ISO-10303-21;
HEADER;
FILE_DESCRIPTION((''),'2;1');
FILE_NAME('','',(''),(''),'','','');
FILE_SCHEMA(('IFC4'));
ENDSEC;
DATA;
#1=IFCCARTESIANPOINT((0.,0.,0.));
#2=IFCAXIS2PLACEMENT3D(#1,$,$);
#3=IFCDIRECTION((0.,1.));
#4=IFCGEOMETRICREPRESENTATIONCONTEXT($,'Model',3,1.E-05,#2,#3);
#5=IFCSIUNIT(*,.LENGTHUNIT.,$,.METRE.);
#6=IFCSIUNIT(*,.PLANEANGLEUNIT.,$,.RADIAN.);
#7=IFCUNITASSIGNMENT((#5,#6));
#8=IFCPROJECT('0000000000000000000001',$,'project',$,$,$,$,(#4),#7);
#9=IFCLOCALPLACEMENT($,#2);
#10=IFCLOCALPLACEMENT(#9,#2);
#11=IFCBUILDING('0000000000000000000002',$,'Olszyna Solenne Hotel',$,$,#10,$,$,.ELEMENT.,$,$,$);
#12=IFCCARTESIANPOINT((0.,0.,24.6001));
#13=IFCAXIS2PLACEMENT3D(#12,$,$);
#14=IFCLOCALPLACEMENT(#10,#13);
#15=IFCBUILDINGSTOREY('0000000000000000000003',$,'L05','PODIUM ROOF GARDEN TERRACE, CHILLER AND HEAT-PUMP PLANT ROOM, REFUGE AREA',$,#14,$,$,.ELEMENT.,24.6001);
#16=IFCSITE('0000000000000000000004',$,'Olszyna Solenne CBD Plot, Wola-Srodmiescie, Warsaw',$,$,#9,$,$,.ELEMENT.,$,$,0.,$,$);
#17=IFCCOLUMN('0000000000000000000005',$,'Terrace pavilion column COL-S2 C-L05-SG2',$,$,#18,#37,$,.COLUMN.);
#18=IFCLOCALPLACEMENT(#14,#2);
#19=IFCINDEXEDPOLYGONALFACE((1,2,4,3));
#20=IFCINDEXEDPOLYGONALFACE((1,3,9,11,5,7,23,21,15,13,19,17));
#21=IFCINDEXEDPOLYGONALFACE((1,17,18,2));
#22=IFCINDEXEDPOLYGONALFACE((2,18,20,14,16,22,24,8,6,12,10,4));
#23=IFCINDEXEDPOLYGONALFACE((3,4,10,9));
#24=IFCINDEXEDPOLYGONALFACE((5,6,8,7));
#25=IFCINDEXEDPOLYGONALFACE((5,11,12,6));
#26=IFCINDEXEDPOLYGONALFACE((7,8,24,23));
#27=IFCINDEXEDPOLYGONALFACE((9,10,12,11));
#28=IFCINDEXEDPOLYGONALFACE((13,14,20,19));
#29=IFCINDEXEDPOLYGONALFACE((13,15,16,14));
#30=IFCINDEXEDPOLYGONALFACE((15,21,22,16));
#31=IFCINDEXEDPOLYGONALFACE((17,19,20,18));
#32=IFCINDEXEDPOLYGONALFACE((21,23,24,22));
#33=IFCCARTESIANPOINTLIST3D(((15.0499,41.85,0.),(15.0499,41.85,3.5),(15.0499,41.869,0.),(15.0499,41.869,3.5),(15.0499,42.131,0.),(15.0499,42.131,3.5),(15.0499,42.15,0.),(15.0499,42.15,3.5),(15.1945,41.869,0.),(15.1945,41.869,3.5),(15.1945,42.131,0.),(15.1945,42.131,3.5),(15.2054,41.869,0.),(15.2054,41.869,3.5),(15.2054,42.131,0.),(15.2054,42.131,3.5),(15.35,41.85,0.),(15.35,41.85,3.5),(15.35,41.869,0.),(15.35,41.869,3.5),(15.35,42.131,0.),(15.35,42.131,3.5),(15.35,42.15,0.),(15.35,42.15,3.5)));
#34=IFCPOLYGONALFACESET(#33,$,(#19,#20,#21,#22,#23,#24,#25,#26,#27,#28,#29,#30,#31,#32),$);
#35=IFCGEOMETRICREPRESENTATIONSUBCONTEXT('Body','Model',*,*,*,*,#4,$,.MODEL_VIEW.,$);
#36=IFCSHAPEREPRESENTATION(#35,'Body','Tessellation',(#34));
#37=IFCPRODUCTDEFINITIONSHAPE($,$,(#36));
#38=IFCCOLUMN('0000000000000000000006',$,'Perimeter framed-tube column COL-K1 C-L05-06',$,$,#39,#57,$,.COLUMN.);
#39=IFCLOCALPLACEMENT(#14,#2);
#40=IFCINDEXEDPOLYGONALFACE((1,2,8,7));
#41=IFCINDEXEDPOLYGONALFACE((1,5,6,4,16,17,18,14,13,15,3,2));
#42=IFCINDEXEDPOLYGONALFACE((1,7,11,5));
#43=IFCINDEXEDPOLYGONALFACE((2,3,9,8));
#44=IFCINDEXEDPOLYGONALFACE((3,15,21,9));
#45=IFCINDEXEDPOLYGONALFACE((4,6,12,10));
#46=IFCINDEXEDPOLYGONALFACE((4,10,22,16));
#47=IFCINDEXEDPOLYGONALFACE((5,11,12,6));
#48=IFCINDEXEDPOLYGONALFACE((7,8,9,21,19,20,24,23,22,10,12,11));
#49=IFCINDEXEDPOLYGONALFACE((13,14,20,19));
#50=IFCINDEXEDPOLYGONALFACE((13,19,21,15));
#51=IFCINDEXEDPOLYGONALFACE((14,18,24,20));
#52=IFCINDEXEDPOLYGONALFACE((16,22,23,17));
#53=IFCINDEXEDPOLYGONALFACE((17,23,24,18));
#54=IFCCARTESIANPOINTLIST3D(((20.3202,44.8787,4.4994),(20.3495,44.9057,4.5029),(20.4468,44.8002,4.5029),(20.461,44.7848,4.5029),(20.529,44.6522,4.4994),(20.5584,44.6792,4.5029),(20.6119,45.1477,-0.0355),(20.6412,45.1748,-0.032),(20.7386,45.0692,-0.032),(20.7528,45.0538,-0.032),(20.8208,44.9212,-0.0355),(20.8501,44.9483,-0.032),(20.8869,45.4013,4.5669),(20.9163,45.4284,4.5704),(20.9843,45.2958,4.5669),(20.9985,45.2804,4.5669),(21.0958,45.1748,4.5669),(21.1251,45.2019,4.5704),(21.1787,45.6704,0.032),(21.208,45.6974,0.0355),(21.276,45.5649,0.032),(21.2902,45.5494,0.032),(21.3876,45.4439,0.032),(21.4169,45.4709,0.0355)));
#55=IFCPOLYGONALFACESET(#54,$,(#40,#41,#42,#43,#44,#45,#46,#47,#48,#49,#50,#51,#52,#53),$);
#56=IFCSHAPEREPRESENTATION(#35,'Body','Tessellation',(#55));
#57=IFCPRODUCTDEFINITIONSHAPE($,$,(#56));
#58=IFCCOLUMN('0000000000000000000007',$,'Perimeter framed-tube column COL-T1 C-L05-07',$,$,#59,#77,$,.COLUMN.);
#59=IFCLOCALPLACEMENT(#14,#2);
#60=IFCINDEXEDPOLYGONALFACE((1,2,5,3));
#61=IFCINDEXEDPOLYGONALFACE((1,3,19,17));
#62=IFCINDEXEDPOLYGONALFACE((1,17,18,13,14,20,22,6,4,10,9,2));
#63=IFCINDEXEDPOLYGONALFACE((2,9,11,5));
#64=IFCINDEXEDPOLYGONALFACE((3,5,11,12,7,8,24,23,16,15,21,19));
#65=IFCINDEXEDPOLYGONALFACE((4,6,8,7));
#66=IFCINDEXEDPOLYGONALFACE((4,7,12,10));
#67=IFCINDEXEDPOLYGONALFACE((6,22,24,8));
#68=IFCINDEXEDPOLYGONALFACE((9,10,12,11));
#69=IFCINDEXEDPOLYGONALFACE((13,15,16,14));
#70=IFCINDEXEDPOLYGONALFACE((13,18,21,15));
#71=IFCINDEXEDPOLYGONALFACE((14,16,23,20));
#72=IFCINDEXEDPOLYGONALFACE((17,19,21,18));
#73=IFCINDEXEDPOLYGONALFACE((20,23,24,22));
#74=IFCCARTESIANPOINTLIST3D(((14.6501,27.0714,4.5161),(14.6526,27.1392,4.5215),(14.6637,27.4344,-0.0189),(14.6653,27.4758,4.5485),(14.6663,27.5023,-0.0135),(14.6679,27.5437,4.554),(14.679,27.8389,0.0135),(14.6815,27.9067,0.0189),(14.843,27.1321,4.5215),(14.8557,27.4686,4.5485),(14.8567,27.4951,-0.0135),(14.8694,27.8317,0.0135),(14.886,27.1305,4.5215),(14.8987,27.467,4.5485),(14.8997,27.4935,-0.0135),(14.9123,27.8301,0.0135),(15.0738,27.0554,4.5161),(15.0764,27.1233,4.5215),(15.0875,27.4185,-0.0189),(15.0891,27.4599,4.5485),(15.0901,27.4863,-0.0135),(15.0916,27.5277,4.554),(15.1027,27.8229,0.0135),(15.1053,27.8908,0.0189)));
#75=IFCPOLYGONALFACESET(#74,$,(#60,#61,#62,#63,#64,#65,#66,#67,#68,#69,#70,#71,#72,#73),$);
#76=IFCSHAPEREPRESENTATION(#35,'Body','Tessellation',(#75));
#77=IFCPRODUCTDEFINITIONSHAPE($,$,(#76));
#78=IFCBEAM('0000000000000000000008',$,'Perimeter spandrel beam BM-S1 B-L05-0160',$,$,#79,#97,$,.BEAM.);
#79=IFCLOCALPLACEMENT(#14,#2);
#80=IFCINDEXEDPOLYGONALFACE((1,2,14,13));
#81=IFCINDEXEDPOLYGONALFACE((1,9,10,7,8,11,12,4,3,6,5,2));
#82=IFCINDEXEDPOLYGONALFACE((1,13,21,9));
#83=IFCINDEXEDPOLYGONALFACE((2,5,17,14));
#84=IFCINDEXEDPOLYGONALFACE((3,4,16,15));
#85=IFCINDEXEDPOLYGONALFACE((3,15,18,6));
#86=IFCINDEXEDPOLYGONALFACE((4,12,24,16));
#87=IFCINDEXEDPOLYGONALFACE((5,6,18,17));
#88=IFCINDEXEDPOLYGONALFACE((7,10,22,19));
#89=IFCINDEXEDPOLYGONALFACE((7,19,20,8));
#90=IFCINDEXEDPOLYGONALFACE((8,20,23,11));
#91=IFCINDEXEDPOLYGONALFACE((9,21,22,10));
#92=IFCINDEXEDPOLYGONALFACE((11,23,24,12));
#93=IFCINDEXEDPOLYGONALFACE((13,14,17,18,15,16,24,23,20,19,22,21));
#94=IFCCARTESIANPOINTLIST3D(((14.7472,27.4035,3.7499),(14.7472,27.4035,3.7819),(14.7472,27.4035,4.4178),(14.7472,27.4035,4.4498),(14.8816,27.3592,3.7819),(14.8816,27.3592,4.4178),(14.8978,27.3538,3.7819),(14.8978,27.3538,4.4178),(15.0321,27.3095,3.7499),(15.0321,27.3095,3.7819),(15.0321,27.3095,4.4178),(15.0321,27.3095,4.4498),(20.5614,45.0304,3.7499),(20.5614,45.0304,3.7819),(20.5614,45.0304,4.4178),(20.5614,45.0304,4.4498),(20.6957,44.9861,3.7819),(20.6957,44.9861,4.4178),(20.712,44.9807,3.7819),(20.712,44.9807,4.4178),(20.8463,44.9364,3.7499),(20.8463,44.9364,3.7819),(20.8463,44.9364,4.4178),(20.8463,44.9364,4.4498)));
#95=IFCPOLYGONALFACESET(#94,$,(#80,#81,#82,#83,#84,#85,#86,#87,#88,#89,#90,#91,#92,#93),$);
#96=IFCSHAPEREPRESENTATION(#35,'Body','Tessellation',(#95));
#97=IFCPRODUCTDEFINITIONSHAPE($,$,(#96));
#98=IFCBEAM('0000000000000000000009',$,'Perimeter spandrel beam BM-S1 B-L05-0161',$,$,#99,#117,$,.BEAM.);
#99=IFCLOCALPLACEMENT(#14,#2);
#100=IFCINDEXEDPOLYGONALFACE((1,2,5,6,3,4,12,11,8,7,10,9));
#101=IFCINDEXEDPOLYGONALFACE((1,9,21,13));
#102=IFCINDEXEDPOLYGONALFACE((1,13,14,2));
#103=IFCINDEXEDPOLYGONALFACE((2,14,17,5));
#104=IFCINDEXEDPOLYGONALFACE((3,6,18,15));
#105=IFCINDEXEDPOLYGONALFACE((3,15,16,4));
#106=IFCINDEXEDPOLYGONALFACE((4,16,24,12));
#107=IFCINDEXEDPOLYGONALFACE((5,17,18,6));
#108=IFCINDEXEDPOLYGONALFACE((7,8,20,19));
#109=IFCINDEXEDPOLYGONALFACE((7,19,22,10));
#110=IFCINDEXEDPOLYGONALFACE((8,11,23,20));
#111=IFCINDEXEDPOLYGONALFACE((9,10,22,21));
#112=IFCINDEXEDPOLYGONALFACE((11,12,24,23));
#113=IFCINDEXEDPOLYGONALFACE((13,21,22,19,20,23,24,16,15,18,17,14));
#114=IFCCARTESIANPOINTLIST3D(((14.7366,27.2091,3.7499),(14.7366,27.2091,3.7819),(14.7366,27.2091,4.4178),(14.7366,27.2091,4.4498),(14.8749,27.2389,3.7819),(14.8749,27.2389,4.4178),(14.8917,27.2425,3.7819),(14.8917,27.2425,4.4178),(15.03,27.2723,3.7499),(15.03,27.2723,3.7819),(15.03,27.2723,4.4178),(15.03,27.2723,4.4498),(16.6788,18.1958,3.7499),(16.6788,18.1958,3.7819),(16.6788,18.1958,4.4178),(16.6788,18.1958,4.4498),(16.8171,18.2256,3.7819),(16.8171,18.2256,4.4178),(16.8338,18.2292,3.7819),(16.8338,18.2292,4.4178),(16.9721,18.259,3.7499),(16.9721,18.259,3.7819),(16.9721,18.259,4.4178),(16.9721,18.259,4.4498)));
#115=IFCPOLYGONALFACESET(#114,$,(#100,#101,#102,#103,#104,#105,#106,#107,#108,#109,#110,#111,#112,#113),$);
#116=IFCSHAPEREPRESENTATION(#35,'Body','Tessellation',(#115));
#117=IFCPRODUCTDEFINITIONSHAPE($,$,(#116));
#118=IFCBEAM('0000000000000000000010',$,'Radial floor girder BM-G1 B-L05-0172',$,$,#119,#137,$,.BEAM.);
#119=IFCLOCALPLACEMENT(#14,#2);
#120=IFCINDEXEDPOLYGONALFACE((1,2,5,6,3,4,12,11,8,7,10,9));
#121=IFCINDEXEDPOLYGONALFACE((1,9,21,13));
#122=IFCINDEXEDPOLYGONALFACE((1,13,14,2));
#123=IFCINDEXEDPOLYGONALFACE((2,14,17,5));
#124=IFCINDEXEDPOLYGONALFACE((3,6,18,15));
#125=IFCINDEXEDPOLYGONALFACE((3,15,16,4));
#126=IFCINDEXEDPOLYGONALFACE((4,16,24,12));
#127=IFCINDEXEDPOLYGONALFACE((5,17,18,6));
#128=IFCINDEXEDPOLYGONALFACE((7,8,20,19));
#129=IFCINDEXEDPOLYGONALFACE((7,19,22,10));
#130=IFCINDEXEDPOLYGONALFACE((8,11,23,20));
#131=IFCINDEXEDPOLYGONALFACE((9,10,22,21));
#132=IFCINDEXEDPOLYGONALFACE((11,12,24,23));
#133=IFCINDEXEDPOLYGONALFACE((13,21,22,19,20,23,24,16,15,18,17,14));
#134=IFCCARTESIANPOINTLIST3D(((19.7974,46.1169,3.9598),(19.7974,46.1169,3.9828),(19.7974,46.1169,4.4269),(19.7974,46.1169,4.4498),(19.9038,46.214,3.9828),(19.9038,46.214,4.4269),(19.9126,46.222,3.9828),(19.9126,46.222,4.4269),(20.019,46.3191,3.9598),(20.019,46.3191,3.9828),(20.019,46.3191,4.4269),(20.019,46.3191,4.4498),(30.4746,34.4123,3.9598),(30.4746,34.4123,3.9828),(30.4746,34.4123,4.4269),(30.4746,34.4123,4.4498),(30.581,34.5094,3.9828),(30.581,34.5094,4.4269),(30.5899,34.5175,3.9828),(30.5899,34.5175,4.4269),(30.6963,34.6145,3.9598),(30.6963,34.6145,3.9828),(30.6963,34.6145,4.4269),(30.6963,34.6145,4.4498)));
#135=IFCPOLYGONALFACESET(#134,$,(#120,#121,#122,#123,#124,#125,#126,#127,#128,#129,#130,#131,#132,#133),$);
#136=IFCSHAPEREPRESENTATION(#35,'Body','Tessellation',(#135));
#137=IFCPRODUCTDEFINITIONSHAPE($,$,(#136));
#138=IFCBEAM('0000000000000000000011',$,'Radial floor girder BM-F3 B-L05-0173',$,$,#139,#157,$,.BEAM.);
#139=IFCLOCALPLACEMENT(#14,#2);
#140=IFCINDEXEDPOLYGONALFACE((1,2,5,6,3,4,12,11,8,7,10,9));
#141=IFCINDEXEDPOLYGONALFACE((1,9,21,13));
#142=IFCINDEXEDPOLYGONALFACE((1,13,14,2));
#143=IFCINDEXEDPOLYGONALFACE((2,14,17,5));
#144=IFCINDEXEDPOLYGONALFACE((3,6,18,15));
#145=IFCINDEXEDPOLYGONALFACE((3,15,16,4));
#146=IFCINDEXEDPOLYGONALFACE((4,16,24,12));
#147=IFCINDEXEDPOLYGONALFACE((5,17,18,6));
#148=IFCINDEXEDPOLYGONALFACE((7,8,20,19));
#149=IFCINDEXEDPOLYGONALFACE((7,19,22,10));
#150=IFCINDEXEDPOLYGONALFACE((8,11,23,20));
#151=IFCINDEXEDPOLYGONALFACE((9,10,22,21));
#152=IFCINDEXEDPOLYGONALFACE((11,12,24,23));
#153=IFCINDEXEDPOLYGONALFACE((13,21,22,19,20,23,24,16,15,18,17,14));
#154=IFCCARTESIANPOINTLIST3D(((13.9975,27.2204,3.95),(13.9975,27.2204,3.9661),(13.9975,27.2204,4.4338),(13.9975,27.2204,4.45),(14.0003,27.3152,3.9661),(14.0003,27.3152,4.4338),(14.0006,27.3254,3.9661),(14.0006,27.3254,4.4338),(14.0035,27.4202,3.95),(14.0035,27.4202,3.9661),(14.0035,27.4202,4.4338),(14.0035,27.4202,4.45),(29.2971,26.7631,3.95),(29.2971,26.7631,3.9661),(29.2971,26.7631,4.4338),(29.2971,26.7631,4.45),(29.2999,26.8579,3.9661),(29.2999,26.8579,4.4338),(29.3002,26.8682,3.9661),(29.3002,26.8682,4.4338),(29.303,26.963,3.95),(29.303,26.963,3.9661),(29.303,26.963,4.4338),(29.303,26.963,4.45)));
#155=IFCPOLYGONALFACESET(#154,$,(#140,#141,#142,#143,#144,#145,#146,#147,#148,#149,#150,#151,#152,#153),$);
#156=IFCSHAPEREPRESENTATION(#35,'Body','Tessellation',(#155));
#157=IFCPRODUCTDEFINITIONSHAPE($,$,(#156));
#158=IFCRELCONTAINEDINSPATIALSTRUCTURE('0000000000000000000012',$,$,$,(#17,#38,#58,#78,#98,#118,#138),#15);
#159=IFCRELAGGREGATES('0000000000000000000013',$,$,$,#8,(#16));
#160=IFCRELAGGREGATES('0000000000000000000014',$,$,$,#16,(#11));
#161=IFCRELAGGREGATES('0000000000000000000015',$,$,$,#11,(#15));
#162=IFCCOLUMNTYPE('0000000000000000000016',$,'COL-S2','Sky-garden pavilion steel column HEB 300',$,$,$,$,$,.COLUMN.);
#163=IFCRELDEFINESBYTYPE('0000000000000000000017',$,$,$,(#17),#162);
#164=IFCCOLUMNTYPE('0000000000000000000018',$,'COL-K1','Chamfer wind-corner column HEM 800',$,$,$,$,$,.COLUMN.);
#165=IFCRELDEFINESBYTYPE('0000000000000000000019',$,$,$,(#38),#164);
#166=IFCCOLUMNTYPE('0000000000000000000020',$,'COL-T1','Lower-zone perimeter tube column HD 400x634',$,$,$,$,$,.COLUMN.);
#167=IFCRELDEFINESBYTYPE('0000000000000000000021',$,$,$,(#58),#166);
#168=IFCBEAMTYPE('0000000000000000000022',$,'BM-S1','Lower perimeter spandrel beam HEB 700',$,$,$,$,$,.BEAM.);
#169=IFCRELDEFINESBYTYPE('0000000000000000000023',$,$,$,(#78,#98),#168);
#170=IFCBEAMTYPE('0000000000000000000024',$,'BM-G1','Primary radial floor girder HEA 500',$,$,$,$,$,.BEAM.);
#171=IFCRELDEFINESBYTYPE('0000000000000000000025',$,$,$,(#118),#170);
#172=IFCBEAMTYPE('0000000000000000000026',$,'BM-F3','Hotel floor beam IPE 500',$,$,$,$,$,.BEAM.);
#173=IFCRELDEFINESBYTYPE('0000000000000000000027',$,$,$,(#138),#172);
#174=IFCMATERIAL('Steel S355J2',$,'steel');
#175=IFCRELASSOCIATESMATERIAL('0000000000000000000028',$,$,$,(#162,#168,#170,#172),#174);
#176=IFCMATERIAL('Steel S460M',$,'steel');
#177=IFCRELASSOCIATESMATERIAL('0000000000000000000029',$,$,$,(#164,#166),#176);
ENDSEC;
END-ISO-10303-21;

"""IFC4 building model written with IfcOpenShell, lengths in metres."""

from ifc_helpers import new_model, si_unit, direction, frame, origin, origin_2d, place, context, subcontext, project, spatial, i_section, extrude, source, transform, mapped, material, material_profile, profile_set, type_object, element, save


model = new_model("IFC4")

# Units and contexts
model_context = context("Model", 3, precision=1e-05, world=origin(), true_north=direction((0.0, 1.0)))
body_context = subcontext(model_context, "Body", "Model", "MODEL_VIEW")
ifc_project = project(units=[si_unit("LENGTHUNIT", "METRE"), si_unit("PLANEANGLEUNIT", "RADIAN")], contexts=[model_context])

# Site, building, storey
site_placement = place(None, origin())
site = spatial("IfcSite", under=ifc_project, at=site_placement, Name="Olszyna Solenne CBD Plot, Wola-Srodmiescie, Warsaw", CompositionType="ELEMENT", RefElevation=0.0)
building_placement = place(site_placement, origin())
building = spatial("IfcBuilding", under=site, at=building_placement, Name="Olszyna Solenne Hotel", CompositionType="ELEMENT")
storey_placement = place(building_placement, frame((0.0, 0.0, 24.6001)))
storey = spatial("IfcBuildingStorey", under=building, at=storey_placement, Name="L05", Description="PODIUM ROOF GARDEN TERRACE, CHILLER AND HEAT-PUMP PLANT ROOM, REFUGE AREA", CompositionType="ELEMENT", Elevation=24.6001)

# Columns
ifc_material_1 = material(Name="Steel S355J2", Category="steel")
ifc_material_profile_1 = material_profile(ifc_material_1, i_section(OverallWidth=0.3, OverallDepth=0.3, WebThickness=0.011, FlangeThickness=0.019, at=origin_2d()), Name="HEB 300", Category="load-bearing")
ifc_profile_set_1 = profile_set([ifc_material_profile_1], Name="Steel S355J2")
column_type_1 = type_object("IfcColumnType", Name="COL-S2", Description="Sky-garden pavilion steel column HEB 300", PredefinedType="COLUMN", material=ifc_profile_set_1)
shared_shape_1 = source(origin(), body_context, "Body", "SweptSolid", [
    extrude(i_section(OverallWidth=0.3, OverallDepth=0.3, WebThickness=0.011, FlangeThickness=0.019, at=origin_2d()), origin(), (0.0, 0.0, 1.0), 3.5),
])
column_1_placement = place(storey_placement, frame((15.2, 42.0, 0.0), z_axis=(0.0, 0.0, 1.0), x_axis=(1.0, 0.0, 0.0)))
element("IfcColumn", 1, at=column_1_placement, inside=storey, type_object=column_type_1, Name="Terrace pavilion column COL-S2 C-L05-SG2", PredefinedType="COLUMN", context=body_context, shape_type="MappedRepresentation", body=[
    mapped(shared_shape_1, transform((0.0, 0.0, 0.0), x_axis=(1.0, 0.0, 0.0), y_axis=(0.0, 1.0, 0.0), z_axis=(0.0, 0.0, 1.0), scale=1.0)),
])
ifc_material_2 = material(Name="Steel S460M", Category="steel")
ifc_material_profile_2 = material_profile(ifc_material_2, i_section(OverallWidth=0.3081, OverallDepth=0.814, WebThickness=0.021, FlangeThickness=0.04, at=origin_2d()), Name="HEM 800", Category="load-bearing")
ifc_profile_set_2 = profile_set([ifc_material_profile_2], Name="Steel S460M")
column_type_2 = type_object("IfcColumnType", Name="COL-K1", Description="Chamfer wind-corner column HEM 800", PredefinedType="COLUMN", material=ifc_profile_set_2)
shared_shape_2 = source(origin(), body_context, "Body", "SweptSolid", [
    extrude(i_section(OverallWidth=0.3081, OverallDepth=0.814, WebThickness=0.021, FlangeThickness=0.04, at=origin_2d()), origin(), (0.0, 0.0, 1.0), 4.5522),
])
column_2_placement = place(storey_placement, frame((21.0144, 45.3093, 0.0), z_axis=(-0.064089, -0.059101, 0.996193), x_axis=(0.677922, -0.735134, 0.0)))
element("IfcColumn", 2, at=column_2_placement, inside=storey, type_object=column_type_2, Name="Perimeter framed-tube column COL-K1 C-L05-06", PredefinedType="COLUMN", context=body_context, shape_type="MappedRepresentation", body=[
    mapped(shared_shape_2, transform((0.0, 0.0, 0.0), x_axis=(1.0, 0.0, 0.0), y_axis=(0.0, 1.0, 0.0), z_axis=(0.0, 0.0, 1.0), scale=1.0)),
])
ifc_material_profile_3 = material_profile(ifc_material_2, i_section(OverallWidth=0.4241, OverallDepth=0.4741, WebThickness=0.043, FlangeThickness=0.0681, at=origin_2d()), Name="HD 400x634", Category="load-bearing")
ifc_profile_set_3 = profile_set([ifc_material_profile_3], Name="Steel S460M")
column_type_3 = type_object("IfcColumnType", Name="COL-T1", Description="Lower-zone perimeter tube column HD 400x634", PredefinedType="COLUMN", material=ifc_profile_set_3)
shared_shape_3 = source(origin(), body_context, "Body", "SweptSolid", [
    extrude(i_section(OverallWidth=0.4241, OverallDepth=0.4741, WebThickness=0.043, FlangeThickness=0.0681, at=origin_2d()), origin(), (0.0, 0.0, 1.0), 4.5496),
])
column_3_placement = place(storey_placement, frame((14.8845, 27.6626, 0.0), z_axis=(-0.003005, -0.079798, 0.996807), x_axis=(0.999292, -0.037633, 0.0)))
element("IfcColumn", 3, at=column_3_placement, inside=storey, type_object=column_type_3, Name="Perimeter framed-tube column COL-T1 C-L05-07", PredefinedType="COLUMN", context=body_context, shape_type="MappedRepresentation", body=[
    mapped(shared_shape_3, transform((0.0, 0.0, 0.0), x_axis=(1.0, 0.0, 0.0), y_axis=(0.0, 1.0, 0.0), z_axis=(0.0, 0.0, 1.0), scale=1.0)),
])

# Beams
ifc_material_profile_4 = material_profile(ifc_material_1, i_section(OverallWidth=0.3, OverallDepth=0.7, WebThickness=0.0171, FlangeThickness=0.032, at=origin_2d()), Name="HEB 700", Category="load-bearing")
ifc_profile_set_4 = profile_set([ifc_material_profile_4], Name="Steel S355J2")
beam_type_1 = type_object("IfcBeamType", Name="BM-S1", Description="Lower perimeter spandrel beam HEB 700", PredefinedType="BEAM", material=ifc_profile_set_4)
shared_shape_4 = source(origin(), body_context, "Body", "SweptSolid", [
    extrude(i_section(OverallWidth=0.3, OverallDepth=0.7, WebThickness=0.0171, FlangeThickness=0.032, at=origin_2d()), origin(), (0.0, 0.0, 1.0), 18.561),
])
beam_1_placement = place(storey_placement, frame((20.7039, 44.9834, 4.0999), z_axis=(-0.313247, -0.949672, 0.0), x_axis=(0.949672, -0.313247, 0.0)))
element("IfcBeam", 4, at=beam_1_placement, inside=storey, type_object=beam_type_1, Name="Perimeter spandrel beam BM-S1 B-L05-0160", PredefinedType="BEAM", context=body_context, shape_type="MappedRepresentation", body=[
    mapped(shared_shape_4, transform((0.0, 0.0, 0.0), x_axis=(1.0, 0.0, 0.0), y_axis=(0.0, 1.0, 0.0), z_axis=(0.0, 0.0, 1.0), scale=1.0)),
])
shared_shape_5 = source(origin(), body_context, "Body", "SweptSolid", [
    extrude(i_section(OverallWidth=0.3, OverallDepth=0.7, WebThickness=0.0171, FlangeThickness=0.032, at=origin_2d()), origin(), (0.0, 0.0, 1.0), 9.2202),
])
beam_2_placement = place(storey_placement, frame((14.8833, 27.2407, 4.0999), z_axis=(0.210637, -0.977564, 0.0), x_axis=(0.977564, 0.210637, 0.0)))
element("IfcBeam", 5, at=beam_2_placement, inside=storey, type_object=beam_type_1, Name="Perimeter spandrel beam BM-S1 B-L05-0161", PredefinedType="BEAM", context=body_context, shape_type="MappedRepresentation", body=[
    mapped(shared_shape_5, transform((0.0, 0.0, 0.0), x_axis=(1.0, 0.0, 0.0), y_axis=(0.0, 1.0, 0.0), z_axis=(0.0, 0.0, 1.0), scale=1.0)),
])
ifc_material_profile_5 = material_profile(ifc_material_1, i_section(OverallWidth=0.3, OverallDepth=0.49, WebThickness=0.012, FlangeThickness=0.0229, at=origin_2d()), Name="HEA 500", Category="load-bearing")
ifc_profile_set_5 = profile_set([ifc_material_profile_5], Name="Steel S355J2")
beam_type_2 = type_object("IfcBeamType", Name="BM-G1", Description="Primary radial floor girder HEA 500", PredefinedType="BEAM", material=ifc_profile_set_5)
shared_shape_6 = source(origin(), body_context, "Body", "SweptSolid", [
    extrude(i_section(OverallWidth=0.3, OverallDepth=0.49, WebThickness=0.012, FlangeThickness=0.0229, at=origin_2d()), origin(), (0.0, 0.0, 1.0), 15.843),
])
beam_3_placement = place(storey_placement, frame((19.9082, 46.218, 4.2048), z_axis=(0.67394, -0.738786, 0.0), x_axis=(0.738786, 0.67394, 0.0)))
element("IfcBeam", 6, at=beam_3_placement, inside=storey, type_object=beam_type_2, Name="Radial floor girder BM-G1 B-L05-0172", PredefinedType="BEAM", context=body_context, shape_type="MappedRepresentation", body=[
    mapped(shared_shape_6, transform((0.0, 0.0, 0.0), x_axis=(1.0, 0.0, 0.0), y_axis=(0.0, 1.0, 0.0), z_axis=(0.0, 0.0, 1.0), scale=1.0)),
])
ifc_material_profile_6 = material_profile(ifc_material_1, i_section(OverallWidth=0.2, OverallDepth=0.5, WebThickness=0.0103, FlangeThickness=0.0161, at=origin_2d()), Name="IPE 500", Category="load-bearing")
ifc_profile_set_6 = profile_set([ifc_material_profile_6], Name="Steel S355J2")
beam_type_3 = type_object("IfcBeamType", Name="BM-F3", Description="Hotel floor beam IPE 500", PredefinedType="BEAM", material=ifc_profile_set_6)
shared_shape_7 = source(origin(), body_context, "Body", "SweptSolid", [
    extrude(i_section(OverallWidth=0.2, OverallDepth=0.5, WebThickness=0.0103, FlangeThickness=0.0161, at=origin_2d()), origin(), (0.0, 0.0, 1.0), 15.3064),
])
beam_4_placement = place(storey_placement, frame((14.0005, 27.3203, 4.2), z_axis=(0.999554, -0.029875, 0.0), x_axis=(0.029875, 0.999554, 0.0)))
element("IfcBeam", 7, at=beam_4_placement, inside=storey, type_object=beam_type_3, Name="Radial floor girder BM-F3 B-L05-0173", PredefinedType="BEAM", context=body_context, shape_type="MappedRepresentation", body=[
    mapped(shared_shape_7, transform((0.0, 0.0, 0.0), x_axis=(1.0, 0.0, 0.0), y_axis=(0.0, 1.0, 0.0), z_axis=(0.0, 0.0, 1.0), scale=1.0)),
])

save(model, "model.ifc")
